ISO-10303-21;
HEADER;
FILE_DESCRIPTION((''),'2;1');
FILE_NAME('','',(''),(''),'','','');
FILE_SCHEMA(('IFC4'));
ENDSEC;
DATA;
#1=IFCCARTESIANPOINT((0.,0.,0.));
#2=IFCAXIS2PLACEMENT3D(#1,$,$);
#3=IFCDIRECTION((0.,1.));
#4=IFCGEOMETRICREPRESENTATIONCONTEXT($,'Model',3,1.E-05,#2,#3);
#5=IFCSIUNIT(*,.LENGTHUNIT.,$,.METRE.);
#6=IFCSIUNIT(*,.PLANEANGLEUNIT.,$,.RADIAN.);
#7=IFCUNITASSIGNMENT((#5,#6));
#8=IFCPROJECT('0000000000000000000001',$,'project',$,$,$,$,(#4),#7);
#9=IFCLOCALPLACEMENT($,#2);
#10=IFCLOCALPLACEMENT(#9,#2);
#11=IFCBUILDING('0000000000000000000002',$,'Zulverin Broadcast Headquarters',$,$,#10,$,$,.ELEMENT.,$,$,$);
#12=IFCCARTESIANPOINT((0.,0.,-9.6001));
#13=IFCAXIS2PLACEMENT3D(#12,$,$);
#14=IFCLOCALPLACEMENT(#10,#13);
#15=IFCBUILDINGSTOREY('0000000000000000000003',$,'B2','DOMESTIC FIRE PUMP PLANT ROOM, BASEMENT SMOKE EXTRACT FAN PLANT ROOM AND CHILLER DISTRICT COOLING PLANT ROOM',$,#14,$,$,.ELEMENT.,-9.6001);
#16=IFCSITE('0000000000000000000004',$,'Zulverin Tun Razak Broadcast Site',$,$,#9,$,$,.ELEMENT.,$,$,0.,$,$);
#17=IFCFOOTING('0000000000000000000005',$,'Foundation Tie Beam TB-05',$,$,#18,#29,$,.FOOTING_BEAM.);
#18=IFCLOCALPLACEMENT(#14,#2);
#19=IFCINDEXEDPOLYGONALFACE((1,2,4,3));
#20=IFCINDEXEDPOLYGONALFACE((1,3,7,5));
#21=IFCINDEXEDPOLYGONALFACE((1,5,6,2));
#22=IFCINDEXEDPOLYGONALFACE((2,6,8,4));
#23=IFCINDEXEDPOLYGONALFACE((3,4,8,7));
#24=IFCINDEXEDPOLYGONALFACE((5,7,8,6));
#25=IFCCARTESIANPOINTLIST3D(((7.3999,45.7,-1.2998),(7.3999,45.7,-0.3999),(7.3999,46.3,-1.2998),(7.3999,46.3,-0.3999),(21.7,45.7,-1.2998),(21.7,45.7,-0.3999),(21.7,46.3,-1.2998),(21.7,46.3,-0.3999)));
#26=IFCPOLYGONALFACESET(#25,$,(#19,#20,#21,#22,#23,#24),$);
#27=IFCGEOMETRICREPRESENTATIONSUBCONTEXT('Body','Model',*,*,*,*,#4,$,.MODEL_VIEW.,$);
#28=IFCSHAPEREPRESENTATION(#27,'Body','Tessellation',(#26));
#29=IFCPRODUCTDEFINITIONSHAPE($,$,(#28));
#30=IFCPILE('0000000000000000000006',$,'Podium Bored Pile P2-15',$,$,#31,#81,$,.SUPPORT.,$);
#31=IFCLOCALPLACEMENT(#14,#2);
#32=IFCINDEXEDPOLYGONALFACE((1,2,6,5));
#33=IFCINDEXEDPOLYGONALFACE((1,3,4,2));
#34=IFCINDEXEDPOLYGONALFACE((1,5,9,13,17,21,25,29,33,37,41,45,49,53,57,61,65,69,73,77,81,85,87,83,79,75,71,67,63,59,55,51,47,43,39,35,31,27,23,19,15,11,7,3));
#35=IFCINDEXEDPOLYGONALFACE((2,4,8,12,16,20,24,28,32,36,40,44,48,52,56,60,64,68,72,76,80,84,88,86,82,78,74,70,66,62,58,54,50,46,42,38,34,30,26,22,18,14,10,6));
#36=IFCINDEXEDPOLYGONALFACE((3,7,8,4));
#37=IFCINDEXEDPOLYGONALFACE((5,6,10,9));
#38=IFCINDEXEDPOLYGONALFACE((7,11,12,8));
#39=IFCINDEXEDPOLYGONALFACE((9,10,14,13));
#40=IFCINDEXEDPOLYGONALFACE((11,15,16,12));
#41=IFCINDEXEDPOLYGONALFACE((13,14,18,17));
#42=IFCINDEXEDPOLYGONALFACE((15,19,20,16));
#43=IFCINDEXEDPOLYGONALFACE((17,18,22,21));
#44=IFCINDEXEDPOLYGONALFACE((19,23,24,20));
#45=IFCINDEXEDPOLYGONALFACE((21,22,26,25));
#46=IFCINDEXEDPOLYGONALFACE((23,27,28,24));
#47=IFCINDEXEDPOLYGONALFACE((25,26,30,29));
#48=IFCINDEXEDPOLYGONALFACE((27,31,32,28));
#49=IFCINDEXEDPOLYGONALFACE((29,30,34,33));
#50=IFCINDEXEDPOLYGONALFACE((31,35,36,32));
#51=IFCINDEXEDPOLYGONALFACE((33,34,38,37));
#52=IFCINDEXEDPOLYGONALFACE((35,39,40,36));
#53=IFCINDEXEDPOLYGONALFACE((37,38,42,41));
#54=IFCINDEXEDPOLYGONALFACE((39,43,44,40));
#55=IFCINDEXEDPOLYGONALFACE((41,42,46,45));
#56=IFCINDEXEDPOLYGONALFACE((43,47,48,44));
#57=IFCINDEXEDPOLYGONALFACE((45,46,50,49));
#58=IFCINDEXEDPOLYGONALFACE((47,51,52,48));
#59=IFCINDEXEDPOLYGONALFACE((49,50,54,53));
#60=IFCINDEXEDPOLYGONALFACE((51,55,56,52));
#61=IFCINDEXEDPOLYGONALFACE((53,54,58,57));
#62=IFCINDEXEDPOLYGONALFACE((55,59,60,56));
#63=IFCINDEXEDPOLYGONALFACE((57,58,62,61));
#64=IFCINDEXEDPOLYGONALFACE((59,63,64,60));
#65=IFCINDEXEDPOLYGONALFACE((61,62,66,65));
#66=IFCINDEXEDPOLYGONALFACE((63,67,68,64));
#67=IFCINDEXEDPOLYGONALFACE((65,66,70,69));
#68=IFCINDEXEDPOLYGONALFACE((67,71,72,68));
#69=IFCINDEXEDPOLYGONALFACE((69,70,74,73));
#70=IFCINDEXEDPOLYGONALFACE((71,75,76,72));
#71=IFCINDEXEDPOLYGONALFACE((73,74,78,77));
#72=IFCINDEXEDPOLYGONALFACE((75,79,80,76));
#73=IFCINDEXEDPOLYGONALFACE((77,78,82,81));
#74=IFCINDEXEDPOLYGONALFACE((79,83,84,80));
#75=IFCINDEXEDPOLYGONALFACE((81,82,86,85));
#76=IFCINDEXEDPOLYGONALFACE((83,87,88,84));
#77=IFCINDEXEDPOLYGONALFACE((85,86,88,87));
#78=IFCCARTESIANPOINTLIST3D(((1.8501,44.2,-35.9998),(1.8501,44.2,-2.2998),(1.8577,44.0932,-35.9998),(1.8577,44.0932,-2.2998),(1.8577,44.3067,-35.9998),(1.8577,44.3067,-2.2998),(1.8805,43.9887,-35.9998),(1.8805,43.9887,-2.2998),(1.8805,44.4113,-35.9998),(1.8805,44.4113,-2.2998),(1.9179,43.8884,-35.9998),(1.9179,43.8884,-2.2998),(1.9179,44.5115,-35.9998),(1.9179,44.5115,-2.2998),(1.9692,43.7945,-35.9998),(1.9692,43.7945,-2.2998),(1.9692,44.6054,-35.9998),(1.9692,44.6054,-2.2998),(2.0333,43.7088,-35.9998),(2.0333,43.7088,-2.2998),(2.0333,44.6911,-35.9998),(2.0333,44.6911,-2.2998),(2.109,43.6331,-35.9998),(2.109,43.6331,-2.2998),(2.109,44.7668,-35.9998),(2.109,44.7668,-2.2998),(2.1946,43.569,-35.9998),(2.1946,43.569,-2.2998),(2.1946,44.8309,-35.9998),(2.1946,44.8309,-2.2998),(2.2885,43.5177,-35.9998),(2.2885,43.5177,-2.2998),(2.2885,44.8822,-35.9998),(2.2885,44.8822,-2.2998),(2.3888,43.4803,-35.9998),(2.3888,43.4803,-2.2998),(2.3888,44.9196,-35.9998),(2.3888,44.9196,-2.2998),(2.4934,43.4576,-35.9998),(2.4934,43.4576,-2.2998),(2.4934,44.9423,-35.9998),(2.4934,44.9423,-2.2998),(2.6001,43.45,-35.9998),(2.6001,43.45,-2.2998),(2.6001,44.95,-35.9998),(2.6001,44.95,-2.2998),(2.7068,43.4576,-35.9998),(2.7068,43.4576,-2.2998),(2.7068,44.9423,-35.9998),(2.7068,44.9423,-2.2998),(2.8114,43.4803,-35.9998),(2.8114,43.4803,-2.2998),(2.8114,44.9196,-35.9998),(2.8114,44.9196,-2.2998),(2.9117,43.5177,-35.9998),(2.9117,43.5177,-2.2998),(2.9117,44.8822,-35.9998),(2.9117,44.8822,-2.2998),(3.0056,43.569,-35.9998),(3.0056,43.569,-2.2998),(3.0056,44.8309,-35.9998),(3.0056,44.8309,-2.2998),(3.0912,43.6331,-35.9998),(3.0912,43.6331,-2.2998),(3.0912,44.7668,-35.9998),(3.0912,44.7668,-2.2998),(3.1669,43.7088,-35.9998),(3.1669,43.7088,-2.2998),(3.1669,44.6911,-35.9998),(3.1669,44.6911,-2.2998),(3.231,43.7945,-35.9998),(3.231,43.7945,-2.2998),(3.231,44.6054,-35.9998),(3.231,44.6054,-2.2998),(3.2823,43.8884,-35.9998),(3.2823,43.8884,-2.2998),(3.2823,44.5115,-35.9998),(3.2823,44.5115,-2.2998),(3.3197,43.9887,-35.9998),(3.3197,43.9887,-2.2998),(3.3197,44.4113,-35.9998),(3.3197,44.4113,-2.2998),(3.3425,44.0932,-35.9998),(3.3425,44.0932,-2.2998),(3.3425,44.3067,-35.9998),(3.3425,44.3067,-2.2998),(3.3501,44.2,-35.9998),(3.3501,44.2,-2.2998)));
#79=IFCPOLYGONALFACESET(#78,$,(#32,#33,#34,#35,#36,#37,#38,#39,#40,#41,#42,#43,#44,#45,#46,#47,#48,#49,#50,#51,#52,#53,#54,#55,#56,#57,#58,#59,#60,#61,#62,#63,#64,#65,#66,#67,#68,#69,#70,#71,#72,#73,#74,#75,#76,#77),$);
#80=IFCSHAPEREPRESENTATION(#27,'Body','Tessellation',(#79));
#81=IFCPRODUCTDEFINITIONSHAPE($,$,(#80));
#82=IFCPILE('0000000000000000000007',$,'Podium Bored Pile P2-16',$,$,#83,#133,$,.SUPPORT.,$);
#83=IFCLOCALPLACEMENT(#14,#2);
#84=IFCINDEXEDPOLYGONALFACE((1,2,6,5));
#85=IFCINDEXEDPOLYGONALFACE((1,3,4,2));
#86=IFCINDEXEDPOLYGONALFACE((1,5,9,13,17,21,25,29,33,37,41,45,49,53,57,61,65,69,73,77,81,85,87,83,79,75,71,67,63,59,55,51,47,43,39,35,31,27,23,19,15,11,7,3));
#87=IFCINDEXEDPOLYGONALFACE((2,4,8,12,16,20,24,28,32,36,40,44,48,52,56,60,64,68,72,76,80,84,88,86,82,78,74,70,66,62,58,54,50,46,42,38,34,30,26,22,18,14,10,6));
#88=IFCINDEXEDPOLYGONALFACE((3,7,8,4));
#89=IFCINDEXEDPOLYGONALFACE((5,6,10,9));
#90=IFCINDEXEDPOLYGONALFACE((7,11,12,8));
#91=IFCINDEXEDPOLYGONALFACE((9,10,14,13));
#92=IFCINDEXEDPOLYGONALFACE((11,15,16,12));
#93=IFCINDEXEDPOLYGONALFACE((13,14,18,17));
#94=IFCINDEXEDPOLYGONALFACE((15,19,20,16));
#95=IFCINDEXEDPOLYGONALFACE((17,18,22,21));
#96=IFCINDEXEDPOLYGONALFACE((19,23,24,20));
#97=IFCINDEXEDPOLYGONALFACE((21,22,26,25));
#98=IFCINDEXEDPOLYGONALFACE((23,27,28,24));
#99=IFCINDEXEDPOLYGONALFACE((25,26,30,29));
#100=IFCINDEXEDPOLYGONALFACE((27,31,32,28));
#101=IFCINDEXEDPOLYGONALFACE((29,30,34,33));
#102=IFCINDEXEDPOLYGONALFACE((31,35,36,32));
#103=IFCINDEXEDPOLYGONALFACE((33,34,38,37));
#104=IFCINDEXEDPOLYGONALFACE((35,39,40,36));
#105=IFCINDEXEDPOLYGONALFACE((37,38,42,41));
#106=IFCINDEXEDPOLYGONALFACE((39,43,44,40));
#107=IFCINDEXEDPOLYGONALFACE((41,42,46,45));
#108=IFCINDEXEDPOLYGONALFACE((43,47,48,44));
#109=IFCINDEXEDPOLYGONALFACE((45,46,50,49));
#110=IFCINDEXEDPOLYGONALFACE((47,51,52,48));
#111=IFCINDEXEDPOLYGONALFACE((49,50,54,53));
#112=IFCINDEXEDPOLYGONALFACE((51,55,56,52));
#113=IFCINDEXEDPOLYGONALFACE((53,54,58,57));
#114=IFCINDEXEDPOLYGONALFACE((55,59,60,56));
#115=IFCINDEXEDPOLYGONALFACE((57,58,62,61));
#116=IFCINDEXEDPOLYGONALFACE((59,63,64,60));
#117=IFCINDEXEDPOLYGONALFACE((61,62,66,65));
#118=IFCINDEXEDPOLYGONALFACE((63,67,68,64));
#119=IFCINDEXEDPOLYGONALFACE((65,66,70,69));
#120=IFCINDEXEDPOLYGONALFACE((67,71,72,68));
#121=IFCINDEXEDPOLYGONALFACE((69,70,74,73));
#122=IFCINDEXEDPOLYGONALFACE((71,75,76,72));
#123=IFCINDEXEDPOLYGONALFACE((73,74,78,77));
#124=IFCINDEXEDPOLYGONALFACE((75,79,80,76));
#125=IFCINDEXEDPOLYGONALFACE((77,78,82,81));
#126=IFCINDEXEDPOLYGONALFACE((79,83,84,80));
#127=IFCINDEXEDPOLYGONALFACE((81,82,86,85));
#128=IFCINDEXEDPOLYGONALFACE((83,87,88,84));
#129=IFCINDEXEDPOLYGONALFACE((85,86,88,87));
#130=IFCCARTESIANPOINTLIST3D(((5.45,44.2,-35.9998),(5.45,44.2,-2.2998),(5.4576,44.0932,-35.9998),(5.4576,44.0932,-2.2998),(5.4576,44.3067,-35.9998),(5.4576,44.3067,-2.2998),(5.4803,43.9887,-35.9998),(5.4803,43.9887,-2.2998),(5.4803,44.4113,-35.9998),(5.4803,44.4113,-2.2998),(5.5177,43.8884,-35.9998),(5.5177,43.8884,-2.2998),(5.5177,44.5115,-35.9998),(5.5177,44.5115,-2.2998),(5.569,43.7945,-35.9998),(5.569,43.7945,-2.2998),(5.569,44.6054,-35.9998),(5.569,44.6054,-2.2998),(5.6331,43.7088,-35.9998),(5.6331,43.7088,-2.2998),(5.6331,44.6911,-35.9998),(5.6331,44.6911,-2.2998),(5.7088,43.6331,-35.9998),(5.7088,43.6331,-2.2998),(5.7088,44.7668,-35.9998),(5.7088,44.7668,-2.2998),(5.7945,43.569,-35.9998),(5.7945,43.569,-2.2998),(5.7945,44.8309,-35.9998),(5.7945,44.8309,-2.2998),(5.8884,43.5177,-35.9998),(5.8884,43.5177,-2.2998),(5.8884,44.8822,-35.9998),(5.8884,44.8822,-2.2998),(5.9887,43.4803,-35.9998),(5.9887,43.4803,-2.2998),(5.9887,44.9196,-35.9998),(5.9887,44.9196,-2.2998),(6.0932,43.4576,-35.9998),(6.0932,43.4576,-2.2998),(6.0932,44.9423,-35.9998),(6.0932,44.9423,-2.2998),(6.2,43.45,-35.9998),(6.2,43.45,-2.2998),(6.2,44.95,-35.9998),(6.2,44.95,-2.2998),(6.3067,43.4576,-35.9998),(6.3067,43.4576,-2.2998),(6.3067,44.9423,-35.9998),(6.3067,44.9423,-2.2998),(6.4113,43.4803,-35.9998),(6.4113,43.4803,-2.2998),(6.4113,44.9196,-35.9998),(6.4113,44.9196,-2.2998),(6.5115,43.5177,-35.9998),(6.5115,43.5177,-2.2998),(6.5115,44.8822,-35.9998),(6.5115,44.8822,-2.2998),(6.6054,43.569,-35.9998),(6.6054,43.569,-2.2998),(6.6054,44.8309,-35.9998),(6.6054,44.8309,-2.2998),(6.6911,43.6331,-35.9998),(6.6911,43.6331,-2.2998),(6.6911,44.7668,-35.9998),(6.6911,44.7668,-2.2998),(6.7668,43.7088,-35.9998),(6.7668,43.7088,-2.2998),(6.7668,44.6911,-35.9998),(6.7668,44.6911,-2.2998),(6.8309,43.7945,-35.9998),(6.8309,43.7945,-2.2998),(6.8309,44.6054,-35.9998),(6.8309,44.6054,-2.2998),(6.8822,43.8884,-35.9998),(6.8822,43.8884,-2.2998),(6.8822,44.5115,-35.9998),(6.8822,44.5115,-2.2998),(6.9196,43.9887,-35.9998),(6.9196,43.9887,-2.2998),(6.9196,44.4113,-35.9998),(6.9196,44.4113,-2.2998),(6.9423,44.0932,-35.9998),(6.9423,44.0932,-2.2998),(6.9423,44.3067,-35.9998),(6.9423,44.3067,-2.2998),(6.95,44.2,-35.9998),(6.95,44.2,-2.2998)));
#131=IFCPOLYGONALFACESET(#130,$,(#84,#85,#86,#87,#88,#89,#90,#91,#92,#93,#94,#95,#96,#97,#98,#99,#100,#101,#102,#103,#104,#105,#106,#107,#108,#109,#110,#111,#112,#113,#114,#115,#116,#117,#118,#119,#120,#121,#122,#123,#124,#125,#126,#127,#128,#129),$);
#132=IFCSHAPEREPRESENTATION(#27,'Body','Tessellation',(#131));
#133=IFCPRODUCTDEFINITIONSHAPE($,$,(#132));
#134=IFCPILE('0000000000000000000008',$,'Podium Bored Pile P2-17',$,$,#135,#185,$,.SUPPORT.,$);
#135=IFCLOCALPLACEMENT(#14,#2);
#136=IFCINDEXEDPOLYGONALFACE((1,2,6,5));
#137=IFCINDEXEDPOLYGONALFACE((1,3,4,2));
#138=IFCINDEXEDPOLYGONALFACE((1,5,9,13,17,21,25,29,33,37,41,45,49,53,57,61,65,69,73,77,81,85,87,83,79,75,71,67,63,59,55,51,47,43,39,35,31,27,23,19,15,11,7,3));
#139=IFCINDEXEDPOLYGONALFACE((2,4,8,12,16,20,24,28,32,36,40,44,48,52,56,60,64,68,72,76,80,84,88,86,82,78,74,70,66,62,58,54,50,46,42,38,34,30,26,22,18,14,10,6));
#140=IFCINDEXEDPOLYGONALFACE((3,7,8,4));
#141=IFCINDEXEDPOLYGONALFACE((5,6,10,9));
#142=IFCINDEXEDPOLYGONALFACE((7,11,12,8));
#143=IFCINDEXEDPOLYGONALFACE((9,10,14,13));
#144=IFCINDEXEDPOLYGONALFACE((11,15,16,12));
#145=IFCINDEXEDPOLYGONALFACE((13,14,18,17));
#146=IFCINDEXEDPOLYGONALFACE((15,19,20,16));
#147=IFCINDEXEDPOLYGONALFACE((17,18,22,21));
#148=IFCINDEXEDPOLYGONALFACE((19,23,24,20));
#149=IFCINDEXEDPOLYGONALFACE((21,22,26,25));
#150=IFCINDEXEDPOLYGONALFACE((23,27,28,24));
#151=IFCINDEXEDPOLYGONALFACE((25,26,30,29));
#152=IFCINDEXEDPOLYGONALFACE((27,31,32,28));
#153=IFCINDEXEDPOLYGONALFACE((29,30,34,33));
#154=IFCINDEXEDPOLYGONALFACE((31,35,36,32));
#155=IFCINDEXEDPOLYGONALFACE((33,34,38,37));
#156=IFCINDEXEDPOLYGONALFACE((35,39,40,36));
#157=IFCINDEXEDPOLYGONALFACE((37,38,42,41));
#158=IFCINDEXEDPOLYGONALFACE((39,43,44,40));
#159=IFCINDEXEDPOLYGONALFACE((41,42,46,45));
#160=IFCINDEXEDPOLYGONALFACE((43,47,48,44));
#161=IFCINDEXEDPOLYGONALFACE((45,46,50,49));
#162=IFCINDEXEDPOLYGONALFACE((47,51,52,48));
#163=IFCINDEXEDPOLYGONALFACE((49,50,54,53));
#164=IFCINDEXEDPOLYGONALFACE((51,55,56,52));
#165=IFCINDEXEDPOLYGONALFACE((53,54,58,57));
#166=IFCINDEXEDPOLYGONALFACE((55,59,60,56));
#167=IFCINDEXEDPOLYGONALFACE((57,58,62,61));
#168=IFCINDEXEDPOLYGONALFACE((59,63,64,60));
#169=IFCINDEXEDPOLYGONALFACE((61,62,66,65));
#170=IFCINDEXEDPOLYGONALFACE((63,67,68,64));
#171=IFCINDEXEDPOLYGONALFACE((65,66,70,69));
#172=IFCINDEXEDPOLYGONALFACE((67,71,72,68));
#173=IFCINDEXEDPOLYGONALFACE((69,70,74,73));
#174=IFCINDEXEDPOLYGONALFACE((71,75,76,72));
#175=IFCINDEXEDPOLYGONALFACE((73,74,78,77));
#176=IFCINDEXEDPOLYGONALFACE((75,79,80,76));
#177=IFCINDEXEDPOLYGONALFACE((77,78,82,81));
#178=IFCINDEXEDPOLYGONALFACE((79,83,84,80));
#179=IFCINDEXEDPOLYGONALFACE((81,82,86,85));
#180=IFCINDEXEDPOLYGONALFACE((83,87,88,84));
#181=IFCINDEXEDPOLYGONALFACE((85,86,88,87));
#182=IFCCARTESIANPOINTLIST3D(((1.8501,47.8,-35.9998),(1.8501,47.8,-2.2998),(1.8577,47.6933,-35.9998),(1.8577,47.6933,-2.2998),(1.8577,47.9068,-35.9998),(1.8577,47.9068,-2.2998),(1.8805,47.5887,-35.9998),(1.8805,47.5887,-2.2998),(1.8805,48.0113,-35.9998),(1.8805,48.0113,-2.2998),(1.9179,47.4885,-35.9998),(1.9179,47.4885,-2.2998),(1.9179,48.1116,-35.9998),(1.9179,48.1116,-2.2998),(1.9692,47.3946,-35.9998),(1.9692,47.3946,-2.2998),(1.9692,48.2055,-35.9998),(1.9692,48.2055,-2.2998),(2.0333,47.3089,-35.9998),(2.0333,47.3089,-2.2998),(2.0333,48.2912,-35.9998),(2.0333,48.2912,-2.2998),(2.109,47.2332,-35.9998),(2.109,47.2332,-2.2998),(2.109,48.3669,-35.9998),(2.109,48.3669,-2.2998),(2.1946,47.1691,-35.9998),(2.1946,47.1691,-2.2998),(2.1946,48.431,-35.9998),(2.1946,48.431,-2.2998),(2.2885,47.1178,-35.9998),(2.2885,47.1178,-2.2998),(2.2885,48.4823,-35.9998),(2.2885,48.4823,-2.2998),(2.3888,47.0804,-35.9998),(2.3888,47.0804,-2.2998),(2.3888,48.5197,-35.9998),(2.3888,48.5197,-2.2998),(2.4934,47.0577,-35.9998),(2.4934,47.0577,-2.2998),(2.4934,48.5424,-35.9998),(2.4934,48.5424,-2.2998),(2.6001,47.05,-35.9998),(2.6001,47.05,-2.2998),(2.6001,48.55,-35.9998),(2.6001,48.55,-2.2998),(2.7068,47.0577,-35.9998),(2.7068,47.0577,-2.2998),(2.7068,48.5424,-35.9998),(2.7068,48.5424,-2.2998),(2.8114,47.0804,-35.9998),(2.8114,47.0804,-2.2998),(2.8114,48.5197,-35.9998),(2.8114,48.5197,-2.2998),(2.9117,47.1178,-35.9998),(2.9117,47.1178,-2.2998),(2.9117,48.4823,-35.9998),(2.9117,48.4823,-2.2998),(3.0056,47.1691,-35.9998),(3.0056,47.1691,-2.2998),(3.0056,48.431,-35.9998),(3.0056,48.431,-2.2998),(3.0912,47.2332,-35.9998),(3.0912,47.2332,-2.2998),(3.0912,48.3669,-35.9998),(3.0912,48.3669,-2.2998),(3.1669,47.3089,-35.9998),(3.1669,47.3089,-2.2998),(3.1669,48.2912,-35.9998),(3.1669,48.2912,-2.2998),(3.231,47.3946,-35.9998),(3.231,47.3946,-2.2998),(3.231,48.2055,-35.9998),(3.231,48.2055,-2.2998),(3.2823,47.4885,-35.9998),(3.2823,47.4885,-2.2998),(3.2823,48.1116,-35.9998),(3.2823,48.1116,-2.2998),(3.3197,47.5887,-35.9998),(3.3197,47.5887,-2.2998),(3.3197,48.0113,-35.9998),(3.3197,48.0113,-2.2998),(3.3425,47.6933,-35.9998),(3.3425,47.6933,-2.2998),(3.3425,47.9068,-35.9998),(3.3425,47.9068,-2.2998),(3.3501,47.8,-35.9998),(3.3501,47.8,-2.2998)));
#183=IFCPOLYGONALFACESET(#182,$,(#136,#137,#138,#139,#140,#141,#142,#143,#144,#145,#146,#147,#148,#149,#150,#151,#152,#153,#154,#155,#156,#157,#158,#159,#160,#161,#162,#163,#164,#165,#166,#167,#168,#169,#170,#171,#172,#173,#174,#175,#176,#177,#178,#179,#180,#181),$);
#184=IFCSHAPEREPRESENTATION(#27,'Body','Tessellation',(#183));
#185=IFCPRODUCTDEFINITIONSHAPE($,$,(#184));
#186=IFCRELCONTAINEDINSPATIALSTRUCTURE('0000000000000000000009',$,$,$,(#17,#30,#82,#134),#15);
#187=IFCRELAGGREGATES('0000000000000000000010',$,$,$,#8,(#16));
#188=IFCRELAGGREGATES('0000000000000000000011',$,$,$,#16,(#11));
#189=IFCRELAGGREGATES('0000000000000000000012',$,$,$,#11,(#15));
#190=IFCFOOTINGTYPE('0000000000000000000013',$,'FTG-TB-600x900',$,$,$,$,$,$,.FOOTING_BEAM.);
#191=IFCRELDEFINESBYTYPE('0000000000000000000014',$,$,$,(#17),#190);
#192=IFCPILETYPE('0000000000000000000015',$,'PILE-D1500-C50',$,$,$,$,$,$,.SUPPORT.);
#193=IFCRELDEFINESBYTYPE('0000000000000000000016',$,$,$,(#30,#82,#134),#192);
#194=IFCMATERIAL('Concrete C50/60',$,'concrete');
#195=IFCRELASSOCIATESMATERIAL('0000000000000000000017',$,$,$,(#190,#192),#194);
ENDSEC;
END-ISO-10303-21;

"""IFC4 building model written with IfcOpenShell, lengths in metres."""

from ifc_helpers import new_model, si_unit, direction, frame, origin, origin_2d, place, context, subcontext, project, spatial, rectangle, circle, extrude, material, material_profile, profile_set, type_object, element, save


model = new_model("IFC4")

# Units and contexts
model_context = context("Model", 3, precision=1e-05, world=origin(), true_north=direction((0.0, 1.0)))
body_context = subcontext(model_context, "Body", "Model", "MODEL_VIEW")
ifc_project = project(units=[si_unit("LENGTHUNIT", "METRE"), si_unit("PLANEANGLEUNIT", "RADIAN")], contexts=[model_context])

# Site, building, storey
site_placement = place(None, origin())
site = spatial("IfcSite", under=ifc_project, at=site_placement, Name="Zulverin Tun Razak Broadcast Site", CompositionType="ELEMENT", RefElevation=0.0)
building_placement = place(site_placement, origin())
building = spatial("IfcBuilding", under=site, at=building_placement, Name="Zulverin Broadcast Headquarters", CompositionType="ELEMENT")
storey_placement = place(building_placement, frame((0.0, 0.0, -9.6001)))
storey = spatial("IfcBuildingStorey", under=building, at=storey_placement, Name="B2", Description="DOMESTIC FIRE PUMP PLANT ROOM, BASEMENT SMOKE EXTRACT FAN PLANT ROOM AND CHILLER DISTRICT COOLING PLANT ROOM", CompositionType="ELEMENT", Elevation=-9.6001)

# Footing
ifc_material_1 = material(Name="Concrete C50/60", Category="concrete")
ifc_material_profile_1 = material_profile(ifc_material_1, rectangle(XDim=0.6001, YDim=0.8999, at=origin_2d()), Name="Concrete C50/60", Category="concrete")
ifc_profile_set_1 = profile_set([ifc_material_profile_1], Name="Concrete C50/60")
footing_type = type_object("IfcFootingType", Name="FTG-TB-600x900", PredefinedType="FOOTING_BEAM", material=ifc_profile_set_1)
footing_placement = place(storey_placement, frame((7.3999, 46.0, -0.8499), z_axis=(1.0, 0.0, 0.0), x_axis=(0.0, 1.0, 0.0)))
element("IfcFooting", 1, at=footing_placement, inside=storey, type_object=footing_type, Name="Foundation Tie Beam TB-05", PredefinedType="FOOTING_BEAM", context=body_context, shape_type="SweptSolid", body=[
    extrude(rectangle(XDim=0.6001, YDim=0.8999, at=origin_2d()), origin(), (0.0, 0.0, 1.0), 14.3),
])

# Piles
ifc_material_profile_2 = material_profile(ifc_material_1, circle(Radius=0.75, at=origin_2d()), Name="Concrete C50/60", Category="concrete")
ifc_profile_set_2 = profile_set([ifc_material_profile_2], Name="Concrete C50/60")
pile_type = type_object("IfcPileType", Name="PILE-D1500-C50", PredefinedType="SUPPORT", material=ifc_profile_set_2)
for number, where, z_axis, x_axis, name in (
    (2, (2.6001, 44.2, -2.2998), (0.0, 0.0, -1.0), (1.0, 0.0, 0.0), "Podium Bored Pile P2-15"),
    (3, (6.2, 44.2, -2.2998), (0.0, 0.0, -1.0), (1.0, 0.0, 0.0), "Podium Bored Pile P2-16"),
    (4, (2.6001, 47.8, -2.2998), (0.0, 0.0, -1.0), (1.0, 0.0, 0.0), "Podium Bored Pile P2-17"),
):
    element("IfcPile", number, at=place(storey_placement, frame(where, z_axis=z_axis, x_axis=x_axis)), inside=storey, type_object=pile_type, Name=name, PredefinedType="SUPPORT", context=body_context, shape_type="SweptSolid", body=[
        extrude(circle(Radius=0.75, at=origin_2d()), origin(), (0.0, 0.0, 1.0), 33.7),
    ])

save(model, "model.ifc")
